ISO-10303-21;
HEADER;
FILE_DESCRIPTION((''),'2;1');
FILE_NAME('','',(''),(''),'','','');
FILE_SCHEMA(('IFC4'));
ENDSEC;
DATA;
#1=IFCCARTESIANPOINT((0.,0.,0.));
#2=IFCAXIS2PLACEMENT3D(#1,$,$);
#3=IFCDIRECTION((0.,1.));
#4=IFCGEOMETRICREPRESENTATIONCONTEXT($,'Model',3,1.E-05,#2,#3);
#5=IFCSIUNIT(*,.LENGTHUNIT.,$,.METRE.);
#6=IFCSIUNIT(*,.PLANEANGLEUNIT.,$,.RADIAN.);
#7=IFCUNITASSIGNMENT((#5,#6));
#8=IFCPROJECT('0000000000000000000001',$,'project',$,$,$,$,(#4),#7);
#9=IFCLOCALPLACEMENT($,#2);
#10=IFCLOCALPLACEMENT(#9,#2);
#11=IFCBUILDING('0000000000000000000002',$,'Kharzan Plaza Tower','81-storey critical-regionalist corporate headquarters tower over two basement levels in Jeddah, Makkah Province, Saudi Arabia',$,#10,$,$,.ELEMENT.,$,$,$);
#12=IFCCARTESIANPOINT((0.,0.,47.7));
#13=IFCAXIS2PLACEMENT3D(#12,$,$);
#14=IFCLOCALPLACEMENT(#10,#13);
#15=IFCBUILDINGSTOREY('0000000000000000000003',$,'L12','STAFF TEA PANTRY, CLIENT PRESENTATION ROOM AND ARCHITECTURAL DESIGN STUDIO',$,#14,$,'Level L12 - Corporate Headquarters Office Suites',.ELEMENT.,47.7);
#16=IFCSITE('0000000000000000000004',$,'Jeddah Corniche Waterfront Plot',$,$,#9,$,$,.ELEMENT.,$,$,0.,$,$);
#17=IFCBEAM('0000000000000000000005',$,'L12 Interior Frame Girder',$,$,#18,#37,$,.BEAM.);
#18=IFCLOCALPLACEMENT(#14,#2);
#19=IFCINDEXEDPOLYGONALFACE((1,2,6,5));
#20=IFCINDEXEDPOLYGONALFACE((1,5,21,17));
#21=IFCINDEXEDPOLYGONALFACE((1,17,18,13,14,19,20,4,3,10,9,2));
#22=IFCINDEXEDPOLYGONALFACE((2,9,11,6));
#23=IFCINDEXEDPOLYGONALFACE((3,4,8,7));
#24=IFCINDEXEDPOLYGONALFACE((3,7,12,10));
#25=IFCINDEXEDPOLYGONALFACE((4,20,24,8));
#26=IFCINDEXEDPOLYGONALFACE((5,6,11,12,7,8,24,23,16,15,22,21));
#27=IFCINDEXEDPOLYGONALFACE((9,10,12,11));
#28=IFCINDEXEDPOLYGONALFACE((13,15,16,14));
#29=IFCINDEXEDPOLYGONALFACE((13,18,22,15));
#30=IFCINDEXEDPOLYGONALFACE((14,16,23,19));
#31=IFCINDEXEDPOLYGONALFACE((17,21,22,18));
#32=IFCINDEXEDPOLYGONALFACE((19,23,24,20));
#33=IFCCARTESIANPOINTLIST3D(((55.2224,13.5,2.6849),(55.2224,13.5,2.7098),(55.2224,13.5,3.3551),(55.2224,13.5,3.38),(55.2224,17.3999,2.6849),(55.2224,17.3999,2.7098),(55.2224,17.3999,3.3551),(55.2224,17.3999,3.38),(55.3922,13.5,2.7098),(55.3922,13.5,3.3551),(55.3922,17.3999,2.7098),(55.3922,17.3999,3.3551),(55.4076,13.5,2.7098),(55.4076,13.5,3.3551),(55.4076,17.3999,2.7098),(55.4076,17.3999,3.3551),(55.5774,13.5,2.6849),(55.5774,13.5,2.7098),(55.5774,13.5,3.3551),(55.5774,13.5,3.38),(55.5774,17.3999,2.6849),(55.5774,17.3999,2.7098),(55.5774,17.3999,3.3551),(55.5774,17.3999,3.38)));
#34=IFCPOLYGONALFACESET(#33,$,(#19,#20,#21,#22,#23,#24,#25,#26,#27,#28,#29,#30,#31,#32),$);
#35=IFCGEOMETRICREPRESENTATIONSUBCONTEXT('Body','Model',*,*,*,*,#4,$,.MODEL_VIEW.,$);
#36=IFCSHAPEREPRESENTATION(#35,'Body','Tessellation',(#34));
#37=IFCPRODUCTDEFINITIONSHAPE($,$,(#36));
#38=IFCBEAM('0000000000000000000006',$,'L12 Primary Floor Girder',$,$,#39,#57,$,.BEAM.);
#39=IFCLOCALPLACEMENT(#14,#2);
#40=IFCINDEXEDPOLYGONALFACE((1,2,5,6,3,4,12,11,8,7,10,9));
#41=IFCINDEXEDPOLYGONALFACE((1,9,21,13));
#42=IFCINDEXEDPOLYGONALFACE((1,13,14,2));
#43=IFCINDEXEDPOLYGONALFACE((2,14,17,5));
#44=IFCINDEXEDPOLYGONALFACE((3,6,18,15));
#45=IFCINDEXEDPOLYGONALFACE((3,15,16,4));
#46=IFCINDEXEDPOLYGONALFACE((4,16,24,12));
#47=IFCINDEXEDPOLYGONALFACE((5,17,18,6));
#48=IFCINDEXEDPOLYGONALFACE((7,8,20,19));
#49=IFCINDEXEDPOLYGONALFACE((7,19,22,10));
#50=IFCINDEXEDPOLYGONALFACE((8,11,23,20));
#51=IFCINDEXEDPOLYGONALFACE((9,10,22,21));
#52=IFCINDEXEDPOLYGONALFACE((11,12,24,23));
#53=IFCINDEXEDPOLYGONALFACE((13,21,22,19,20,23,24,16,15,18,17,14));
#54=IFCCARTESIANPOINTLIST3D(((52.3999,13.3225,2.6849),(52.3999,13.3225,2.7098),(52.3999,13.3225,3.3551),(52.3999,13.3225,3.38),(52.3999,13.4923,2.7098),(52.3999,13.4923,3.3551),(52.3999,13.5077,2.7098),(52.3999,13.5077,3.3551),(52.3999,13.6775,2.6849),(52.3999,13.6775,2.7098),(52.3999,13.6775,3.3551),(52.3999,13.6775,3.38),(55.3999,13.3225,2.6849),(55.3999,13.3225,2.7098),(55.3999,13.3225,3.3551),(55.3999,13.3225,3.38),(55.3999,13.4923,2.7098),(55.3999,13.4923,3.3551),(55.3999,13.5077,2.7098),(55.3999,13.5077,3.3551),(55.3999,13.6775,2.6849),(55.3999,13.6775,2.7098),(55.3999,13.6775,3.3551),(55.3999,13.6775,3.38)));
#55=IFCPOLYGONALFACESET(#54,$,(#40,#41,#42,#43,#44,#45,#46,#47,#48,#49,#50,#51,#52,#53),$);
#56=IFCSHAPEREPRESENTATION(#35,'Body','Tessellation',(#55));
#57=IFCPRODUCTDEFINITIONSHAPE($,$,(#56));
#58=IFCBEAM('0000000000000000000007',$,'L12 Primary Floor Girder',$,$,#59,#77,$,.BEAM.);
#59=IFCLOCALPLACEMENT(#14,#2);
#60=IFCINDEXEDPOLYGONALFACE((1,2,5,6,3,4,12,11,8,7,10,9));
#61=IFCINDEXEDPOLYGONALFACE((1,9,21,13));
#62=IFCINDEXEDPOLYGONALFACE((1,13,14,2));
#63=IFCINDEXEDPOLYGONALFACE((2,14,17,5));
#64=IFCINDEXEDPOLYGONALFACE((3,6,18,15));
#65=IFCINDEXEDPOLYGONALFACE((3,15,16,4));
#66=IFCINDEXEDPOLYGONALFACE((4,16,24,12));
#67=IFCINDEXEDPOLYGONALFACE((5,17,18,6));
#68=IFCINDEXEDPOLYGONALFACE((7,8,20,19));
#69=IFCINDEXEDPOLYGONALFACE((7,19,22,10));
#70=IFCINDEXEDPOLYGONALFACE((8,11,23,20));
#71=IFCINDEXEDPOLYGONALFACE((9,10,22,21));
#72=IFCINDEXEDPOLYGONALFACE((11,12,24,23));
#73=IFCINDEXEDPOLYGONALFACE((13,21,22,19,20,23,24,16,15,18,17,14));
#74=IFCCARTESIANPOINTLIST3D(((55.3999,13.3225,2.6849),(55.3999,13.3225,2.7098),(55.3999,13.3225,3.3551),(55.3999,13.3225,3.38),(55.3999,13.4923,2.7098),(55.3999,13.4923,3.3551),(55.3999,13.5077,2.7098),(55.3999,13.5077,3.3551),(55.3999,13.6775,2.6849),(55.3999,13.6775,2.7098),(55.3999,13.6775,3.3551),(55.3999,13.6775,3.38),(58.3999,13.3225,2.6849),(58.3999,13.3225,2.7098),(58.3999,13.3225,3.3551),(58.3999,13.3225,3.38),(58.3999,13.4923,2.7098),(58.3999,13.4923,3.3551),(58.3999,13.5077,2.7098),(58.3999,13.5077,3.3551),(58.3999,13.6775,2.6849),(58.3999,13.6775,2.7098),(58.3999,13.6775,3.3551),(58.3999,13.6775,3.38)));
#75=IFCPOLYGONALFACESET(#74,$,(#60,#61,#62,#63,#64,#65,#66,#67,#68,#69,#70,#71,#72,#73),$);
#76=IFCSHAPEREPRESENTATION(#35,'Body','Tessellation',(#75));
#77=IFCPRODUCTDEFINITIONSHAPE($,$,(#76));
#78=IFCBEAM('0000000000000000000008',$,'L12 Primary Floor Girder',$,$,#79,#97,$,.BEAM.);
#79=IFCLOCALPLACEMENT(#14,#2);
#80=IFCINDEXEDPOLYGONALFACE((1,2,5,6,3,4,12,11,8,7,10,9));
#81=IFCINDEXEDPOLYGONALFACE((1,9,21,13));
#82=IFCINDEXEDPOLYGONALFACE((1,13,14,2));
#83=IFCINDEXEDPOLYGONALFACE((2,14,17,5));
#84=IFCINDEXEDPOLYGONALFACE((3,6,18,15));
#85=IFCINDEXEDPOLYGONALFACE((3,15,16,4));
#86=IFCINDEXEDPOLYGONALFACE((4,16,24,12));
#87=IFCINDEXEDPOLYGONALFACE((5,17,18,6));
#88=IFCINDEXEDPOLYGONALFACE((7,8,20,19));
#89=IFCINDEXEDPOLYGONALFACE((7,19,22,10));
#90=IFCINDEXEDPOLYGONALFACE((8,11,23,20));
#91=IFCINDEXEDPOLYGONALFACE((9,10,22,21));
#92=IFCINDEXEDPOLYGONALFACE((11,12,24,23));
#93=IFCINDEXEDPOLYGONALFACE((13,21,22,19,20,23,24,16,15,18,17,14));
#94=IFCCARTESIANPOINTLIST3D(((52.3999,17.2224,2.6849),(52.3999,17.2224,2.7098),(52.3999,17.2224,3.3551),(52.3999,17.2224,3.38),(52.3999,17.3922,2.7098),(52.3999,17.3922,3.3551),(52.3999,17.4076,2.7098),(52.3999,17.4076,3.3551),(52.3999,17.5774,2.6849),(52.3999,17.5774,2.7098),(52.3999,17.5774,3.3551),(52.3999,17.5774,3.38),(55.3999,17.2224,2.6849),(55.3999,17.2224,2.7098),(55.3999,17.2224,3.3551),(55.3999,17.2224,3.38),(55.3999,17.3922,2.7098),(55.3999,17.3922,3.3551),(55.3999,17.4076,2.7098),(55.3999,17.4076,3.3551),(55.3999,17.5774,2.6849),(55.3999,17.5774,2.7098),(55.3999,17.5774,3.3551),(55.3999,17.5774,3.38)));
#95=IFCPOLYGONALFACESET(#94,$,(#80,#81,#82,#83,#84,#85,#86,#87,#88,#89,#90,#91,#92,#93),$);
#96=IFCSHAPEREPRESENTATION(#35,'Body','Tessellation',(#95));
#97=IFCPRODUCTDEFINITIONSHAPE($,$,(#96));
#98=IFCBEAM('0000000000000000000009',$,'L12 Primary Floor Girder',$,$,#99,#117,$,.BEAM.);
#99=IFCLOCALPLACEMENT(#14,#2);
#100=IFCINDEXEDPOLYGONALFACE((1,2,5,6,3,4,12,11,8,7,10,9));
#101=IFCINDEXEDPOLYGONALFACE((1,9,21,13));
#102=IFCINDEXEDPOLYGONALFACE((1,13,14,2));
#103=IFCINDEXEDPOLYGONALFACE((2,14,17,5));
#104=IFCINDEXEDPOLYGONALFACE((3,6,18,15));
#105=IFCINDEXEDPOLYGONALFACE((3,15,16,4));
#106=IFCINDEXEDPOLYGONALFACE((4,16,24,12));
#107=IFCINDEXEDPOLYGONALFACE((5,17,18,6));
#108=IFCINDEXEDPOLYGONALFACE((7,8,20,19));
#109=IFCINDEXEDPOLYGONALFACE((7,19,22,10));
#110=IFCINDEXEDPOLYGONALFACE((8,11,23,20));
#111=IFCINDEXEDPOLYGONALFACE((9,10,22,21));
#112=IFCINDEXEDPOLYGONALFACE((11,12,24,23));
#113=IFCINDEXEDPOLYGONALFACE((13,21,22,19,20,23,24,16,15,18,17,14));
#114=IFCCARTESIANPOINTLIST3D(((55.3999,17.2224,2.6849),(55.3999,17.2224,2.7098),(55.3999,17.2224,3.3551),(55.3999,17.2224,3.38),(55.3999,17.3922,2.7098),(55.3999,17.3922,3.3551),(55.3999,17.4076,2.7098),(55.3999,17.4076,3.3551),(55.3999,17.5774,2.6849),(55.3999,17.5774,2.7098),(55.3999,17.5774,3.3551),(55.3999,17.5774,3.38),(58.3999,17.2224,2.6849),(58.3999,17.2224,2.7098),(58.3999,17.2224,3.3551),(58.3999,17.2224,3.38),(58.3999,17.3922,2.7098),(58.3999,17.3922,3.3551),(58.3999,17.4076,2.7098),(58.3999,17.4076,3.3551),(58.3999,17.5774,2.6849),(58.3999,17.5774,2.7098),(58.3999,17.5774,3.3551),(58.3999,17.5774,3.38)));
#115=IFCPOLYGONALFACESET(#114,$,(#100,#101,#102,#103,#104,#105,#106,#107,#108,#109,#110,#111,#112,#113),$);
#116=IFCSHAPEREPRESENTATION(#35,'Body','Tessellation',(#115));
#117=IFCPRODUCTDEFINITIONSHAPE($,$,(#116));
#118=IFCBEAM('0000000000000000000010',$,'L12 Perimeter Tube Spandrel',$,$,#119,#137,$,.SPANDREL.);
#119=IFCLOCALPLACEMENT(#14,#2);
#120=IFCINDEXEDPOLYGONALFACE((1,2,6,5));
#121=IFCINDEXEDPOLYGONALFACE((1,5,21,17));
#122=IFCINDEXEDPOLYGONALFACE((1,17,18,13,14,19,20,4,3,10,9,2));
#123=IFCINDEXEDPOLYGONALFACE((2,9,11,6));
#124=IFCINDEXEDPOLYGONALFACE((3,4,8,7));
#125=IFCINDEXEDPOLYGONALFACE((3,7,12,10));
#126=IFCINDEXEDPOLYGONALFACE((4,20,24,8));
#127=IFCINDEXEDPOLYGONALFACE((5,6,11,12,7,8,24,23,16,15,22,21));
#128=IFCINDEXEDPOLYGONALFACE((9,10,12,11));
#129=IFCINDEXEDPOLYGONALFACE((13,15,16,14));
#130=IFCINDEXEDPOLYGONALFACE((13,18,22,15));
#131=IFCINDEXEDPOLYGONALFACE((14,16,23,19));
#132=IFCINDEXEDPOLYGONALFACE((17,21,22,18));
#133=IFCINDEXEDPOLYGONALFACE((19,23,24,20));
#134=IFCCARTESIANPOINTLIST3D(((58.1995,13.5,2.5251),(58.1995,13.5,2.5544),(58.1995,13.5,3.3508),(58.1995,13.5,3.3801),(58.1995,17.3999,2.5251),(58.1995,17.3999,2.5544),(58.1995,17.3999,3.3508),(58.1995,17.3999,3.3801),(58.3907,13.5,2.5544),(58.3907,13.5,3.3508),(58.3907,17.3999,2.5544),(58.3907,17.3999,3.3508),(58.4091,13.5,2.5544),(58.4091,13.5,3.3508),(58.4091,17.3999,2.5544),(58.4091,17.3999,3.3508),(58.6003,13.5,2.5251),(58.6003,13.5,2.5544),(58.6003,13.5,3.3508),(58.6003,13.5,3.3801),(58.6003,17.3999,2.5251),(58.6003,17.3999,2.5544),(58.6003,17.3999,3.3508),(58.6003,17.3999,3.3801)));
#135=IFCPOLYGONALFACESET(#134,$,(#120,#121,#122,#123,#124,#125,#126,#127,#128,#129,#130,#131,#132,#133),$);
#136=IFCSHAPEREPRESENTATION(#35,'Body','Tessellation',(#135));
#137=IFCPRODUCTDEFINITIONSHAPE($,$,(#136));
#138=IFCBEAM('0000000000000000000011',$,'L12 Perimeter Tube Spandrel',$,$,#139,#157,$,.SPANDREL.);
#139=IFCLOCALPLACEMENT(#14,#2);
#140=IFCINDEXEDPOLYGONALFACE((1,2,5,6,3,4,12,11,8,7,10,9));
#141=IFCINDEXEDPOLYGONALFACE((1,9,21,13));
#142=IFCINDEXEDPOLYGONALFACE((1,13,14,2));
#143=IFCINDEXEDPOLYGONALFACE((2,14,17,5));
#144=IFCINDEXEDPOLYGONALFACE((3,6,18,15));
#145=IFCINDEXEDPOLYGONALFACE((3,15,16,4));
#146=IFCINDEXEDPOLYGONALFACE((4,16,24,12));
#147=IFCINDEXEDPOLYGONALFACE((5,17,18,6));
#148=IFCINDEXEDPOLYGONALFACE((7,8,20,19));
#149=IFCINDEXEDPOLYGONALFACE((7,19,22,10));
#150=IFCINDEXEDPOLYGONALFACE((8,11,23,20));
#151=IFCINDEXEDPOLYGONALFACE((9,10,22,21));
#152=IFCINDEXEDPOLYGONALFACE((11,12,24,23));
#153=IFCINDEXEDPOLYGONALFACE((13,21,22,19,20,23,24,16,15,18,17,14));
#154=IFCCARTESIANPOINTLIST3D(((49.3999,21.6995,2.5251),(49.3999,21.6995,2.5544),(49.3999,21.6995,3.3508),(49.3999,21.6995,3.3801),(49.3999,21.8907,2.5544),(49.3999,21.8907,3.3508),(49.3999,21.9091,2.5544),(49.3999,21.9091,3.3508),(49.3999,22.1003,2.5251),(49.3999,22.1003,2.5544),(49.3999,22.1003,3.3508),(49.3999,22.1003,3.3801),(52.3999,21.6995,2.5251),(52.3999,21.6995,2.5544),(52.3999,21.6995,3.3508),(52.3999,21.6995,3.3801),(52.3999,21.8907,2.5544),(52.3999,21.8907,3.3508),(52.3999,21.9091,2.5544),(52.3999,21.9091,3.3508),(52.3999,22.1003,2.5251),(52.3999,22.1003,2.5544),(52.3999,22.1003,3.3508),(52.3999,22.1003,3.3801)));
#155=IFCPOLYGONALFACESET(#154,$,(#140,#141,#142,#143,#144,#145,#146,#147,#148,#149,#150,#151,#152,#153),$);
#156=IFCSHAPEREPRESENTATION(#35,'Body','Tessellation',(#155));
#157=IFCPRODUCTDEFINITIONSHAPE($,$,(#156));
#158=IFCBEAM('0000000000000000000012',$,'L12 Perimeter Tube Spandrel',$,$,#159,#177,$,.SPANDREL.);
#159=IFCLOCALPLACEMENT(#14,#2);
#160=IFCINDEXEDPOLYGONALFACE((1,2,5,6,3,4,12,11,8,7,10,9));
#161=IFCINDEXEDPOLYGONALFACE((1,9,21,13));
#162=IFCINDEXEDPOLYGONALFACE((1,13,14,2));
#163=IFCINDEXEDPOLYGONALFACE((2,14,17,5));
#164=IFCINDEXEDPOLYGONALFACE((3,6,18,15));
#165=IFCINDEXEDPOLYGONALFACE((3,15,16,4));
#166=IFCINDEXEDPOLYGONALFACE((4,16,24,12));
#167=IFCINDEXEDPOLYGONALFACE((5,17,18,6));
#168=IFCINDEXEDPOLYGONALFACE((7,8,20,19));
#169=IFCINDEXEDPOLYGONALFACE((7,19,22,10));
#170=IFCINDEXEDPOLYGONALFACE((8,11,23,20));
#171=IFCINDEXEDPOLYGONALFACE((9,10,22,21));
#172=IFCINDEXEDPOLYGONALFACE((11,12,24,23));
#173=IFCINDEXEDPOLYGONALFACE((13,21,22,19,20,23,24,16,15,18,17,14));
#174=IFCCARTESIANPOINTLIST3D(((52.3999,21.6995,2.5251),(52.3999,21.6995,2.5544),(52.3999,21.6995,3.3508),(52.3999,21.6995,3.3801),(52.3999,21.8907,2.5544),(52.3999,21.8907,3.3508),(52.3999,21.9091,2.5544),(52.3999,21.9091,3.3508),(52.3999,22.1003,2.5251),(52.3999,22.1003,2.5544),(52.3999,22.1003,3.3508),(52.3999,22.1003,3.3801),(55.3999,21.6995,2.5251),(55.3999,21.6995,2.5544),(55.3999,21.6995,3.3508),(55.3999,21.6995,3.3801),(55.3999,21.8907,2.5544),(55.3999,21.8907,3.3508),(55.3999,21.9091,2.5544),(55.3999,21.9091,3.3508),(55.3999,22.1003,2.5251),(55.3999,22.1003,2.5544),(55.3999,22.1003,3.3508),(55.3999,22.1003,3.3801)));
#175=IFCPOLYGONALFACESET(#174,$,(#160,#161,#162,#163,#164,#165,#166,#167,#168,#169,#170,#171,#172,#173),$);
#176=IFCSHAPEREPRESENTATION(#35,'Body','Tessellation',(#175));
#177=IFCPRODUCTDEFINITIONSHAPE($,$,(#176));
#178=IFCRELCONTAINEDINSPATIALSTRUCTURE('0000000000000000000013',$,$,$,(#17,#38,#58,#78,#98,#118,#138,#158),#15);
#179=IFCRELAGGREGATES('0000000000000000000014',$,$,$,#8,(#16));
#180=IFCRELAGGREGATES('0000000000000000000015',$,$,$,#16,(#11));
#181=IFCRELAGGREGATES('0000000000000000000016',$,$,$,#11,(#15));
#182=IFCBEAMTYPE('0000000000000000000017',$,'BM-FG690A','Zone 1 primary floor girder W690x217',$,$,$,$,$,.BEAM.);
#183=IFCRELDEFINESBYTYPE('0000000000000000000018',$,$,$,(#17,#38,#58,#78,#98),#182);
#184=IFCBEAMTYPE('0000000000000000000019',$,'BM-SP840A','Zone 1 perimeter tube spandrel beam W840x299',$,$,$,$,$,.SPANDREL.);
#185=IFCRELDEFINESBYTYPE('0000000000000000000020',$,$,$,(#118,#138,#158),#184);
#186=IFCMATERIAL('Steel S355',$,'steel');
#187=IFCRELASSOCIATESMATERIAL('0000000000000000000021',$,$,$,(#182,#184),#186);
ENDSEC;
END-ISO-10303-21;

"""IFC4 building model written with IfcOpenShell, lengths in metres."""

from ifc_helpers import new_model, si_unit, direction, frame, origin, origin_2d, place, context, subcontext, project, spatial, i_section, extrude, source, transform, mapped, material, material_profile, profile_set, type_object, element, save


model = new_model("IFC4")

# Units and contexts
model_context = context("Model", 3, precision=1e-05, world=origin(), true_north=direction((0.0, 1.0)))
body_context = subcontext(model_context, "Body", "Model", "MODEL_VIEW")
ifc_project = project(units=[si_unit("LENGTHUNIT", "METRE"), si_unit("PLANEANGLEUNIT", "RADIAN")], contexts=[model_context])

# Site, building, storey
site_placement = place(None, origin())
site = spatial("IfcSite", under=ifc_project, at=site_placement, Name="Jeddah Corniche Waterfront Plot", CompositionType="ELEMENT", RefElevation=0.0)
building_placement = place(site_placement, origin())
building = spatial("IfcBuilding", under=site, at=building_placement, Name="Kharzan Plaza Tower", Description="81-storey critical-regionalist corporate headquarters tower over two basement levels in Jeddah, Makkah Province, Saudi Arabia", CompositionType="ELEMENT")
storey_placement = place(building_placement, frame((0.0, 0.0, 47.7)))
storey = spatial("IfcBuildingStorey", under=building, at=storey_placement, Name="L12", Description="STAFF TEA PANTRY, CLIENT PRESENTATION ROOM AND ARCHITECTURAL DESIGN STUDIO", LongName="Level L12 - Corporate Headquarters Office Suites", CompositionType="ELEMENT", Elevation=47.7)

# Beams
ifc_material_1 = material(Name="Steel S355", Category="steel")
ifc_material_profile_1 = material_profile(ifc_material_1, i_section(OverallWidth=0.355, OverallDepth=0.6951, WebThickness=0.0154, FlangeThickness=0.0249, at=origin_2d()), Name="W690x217")
ifc_profile_set_1 = profile_set([ifc_material_profile_1], Name="Steel S355")
beam_type_1 = type_object("IfcBeamType", Name="BM-FG690A", Description="Zone 1 primary floor girder W690x217", PredefinedType="BEAM", material=ifc_profile_set_1)
shared_shape_1 = source(origin(), body_context, "Body", "SweptSolid", [
    extrude(i_section(OverallWidth=0.355, OverallDepth=0.6951, WebThickness=0.0154, FlangeThickness=0.0249, at=origin_2d()), origin(), (0.0, 0.0, 1.0), 3.8999),
])
for number, where, z_axis, x_axis, name in (
    (1, (55.3999, 13.5, 3.0325), (0.0, 1.0, 0.0), (-1.0, 0.0, 0.0), "L12 Interior Frame Girder"),
):
    element("IfcBeam", number, at=place(storey_placement, frame(where, z_axis=z_axis, x_axis=x_axis)), inside=storey, type_object=beam_type_1, Name=name, PredefinedType="BEAM", context=body_context, shape_type="MappedRepresentation", body=[
        mapped(shared_shape_1, transform((0.0, 0.0, 0.0), x_axis=(1.0, 0.0, 0.0), y_axis=(0.0, 1.0, 0.0), z_axis=(0.0, 0.0, 1.0))),
    ])
shared_shape_2 = source(origin(), body_context, "Body", "SweptSolid", [
    extrude(i_section(OverallWidth=0.355, OverallDepth=0.6951, WebThickness=0.0154, FlangeThickness=0.0249, at=origin_2d()), origin(), (0.0, 0.0, 1.0), 3.0),
])
for number, where, z_axis, x_axis, name in (
    (2, (52.3999, 13.5, 3.0325), (1.0, 0.0, 0.0), (0.0, 1.0, 0.0), "L12 Primary Floor Girder"),
    (3, (55.3999, 13.5, 3.0325), (1.0, 0.0, 0.0), (0.0, 1.0, 0.0), "L12 Primary Floor Girder"),
    (4, (52.3999, 17.3999, 3.0325), (1.0, 0.0, 0.0), (0.0, 1.0, 0.0), "L12 Primary Floor Girder"),
    (5, (55.3999, 17.3999, 3.0325), (1.0, 0.0, 0.0), (0.0, 1.0, 0.0), "L12 Primary Floor Girder"),
):
    element("IfcBeam", number, at=place(storey_placement, frame(where, z_axis=z_axis, x_axis=x_axis)), inside=storey, type_object=beam_type_1, Name=name, PredefinedType="BEAM", context=body_context, shape_type="MappedRepresentation", body=[
        mapped(shared_shape_2, transform((0.0, 0.0, 0.0), x_axis=(1.0, 0.0, 0.0), y_axis=(0.0, 1.0, 0.0), z_axis=(0.0, 0.0, 1.0))),
    ])
ifc_material_profile_2 = material_profile(ifc_material_1, i_section(OverallWidth=0.4009, OverallDepth=0.855, WebThickness=0.0183, FlangeThickness=0.0293, at=origin_2d()), Name="W840x299")
ifc_profile_set_2 = profile_set([ifc_material_profile_2], Name="Steel S355")
beam_type_2 = type_object("IfcBeamType", Name="BM-SP840A", Description="Zone 1 perimeter tube spandrel beam W840x299", PredefinedType="SPANDREL", material=ifc_profile_set_2)
shared_shape_3 = source(origin(), body_context, "Body", "SweptSolid", [
    extrude(i_section(OverallWidth=0.4009, OverallDepth=0.855, WebThickness=0.0183, FlangeThickness=0.0293, at=origin_2d()), origin(), (0.0, 0.0, 1.0), 3.8999),
])
beam_placement = place(storey_placement, frame((58.3999, 13.5, 2.9526), z_axis=(0.0, 1.0, 0.0), x_axis=(-1.0, 0.0, 0.0)))
element("IfcBeam", 6, at=beam_placement, inside=storey, type_object=beam_type_2, Name="L12 Perimeter Tube Spandrel", PredefinedType="SPANDREL", context=body_context, shape_type="MappedRepresentation", body=[
    mapped(shared_shape_3, transform((0.0, 0.0, 0.0), x_axis=(1.0, 0.0, 0.0), y_axis=(0.0, 1.0, 0.0), z_axis=(0.0, 0.0, 1.0))),
])
shared_shape_4 = source(origin(), body_context, "Body", "SweptSolid", [
    extrude(i_section(OverallWidth=0.4009, OverallDepth=0.855, WebThickness=0.0183, FlangeThickness=0.0293, at=origin_2d()), origin(), (0.0, 0.0, 1.0), 3.0),
])
for number, where, z_axis, x_axis, name in (
    (7, (49.3999, 21.8999, 2.9526), (1.0, 0.0, 0.0), (0.0, 1.0, 0.0), "L12 Perimeter Tube Spandrel"),
    (8, (52.3999, 21.8999, 2.9526), (1.0, 0.0, 0.0), (0.0, 1.0, 0.0), "L12 Perimeter Tube Spandrel"),
):
    element("IfcBeam", number, at=place(storey_placement, frame(where, z_axis=z_axis, x_axis=x_axis)), inside=storey, type_object=beam_type_2, Name=name, PredefinedType="SPANDREL", context=body_context, shape_type="MappedRepresentation", body=[
        mapped(shared_shape_4, transform((0.0, 0.0, 0.0), x_axis=(1.0, 0.0, 0.0), y_axis=(0.0, 1.0, 0.0), z_axis=(0.0, 0.0, 1.0))),
    ])

save(model, "model.ifc")
